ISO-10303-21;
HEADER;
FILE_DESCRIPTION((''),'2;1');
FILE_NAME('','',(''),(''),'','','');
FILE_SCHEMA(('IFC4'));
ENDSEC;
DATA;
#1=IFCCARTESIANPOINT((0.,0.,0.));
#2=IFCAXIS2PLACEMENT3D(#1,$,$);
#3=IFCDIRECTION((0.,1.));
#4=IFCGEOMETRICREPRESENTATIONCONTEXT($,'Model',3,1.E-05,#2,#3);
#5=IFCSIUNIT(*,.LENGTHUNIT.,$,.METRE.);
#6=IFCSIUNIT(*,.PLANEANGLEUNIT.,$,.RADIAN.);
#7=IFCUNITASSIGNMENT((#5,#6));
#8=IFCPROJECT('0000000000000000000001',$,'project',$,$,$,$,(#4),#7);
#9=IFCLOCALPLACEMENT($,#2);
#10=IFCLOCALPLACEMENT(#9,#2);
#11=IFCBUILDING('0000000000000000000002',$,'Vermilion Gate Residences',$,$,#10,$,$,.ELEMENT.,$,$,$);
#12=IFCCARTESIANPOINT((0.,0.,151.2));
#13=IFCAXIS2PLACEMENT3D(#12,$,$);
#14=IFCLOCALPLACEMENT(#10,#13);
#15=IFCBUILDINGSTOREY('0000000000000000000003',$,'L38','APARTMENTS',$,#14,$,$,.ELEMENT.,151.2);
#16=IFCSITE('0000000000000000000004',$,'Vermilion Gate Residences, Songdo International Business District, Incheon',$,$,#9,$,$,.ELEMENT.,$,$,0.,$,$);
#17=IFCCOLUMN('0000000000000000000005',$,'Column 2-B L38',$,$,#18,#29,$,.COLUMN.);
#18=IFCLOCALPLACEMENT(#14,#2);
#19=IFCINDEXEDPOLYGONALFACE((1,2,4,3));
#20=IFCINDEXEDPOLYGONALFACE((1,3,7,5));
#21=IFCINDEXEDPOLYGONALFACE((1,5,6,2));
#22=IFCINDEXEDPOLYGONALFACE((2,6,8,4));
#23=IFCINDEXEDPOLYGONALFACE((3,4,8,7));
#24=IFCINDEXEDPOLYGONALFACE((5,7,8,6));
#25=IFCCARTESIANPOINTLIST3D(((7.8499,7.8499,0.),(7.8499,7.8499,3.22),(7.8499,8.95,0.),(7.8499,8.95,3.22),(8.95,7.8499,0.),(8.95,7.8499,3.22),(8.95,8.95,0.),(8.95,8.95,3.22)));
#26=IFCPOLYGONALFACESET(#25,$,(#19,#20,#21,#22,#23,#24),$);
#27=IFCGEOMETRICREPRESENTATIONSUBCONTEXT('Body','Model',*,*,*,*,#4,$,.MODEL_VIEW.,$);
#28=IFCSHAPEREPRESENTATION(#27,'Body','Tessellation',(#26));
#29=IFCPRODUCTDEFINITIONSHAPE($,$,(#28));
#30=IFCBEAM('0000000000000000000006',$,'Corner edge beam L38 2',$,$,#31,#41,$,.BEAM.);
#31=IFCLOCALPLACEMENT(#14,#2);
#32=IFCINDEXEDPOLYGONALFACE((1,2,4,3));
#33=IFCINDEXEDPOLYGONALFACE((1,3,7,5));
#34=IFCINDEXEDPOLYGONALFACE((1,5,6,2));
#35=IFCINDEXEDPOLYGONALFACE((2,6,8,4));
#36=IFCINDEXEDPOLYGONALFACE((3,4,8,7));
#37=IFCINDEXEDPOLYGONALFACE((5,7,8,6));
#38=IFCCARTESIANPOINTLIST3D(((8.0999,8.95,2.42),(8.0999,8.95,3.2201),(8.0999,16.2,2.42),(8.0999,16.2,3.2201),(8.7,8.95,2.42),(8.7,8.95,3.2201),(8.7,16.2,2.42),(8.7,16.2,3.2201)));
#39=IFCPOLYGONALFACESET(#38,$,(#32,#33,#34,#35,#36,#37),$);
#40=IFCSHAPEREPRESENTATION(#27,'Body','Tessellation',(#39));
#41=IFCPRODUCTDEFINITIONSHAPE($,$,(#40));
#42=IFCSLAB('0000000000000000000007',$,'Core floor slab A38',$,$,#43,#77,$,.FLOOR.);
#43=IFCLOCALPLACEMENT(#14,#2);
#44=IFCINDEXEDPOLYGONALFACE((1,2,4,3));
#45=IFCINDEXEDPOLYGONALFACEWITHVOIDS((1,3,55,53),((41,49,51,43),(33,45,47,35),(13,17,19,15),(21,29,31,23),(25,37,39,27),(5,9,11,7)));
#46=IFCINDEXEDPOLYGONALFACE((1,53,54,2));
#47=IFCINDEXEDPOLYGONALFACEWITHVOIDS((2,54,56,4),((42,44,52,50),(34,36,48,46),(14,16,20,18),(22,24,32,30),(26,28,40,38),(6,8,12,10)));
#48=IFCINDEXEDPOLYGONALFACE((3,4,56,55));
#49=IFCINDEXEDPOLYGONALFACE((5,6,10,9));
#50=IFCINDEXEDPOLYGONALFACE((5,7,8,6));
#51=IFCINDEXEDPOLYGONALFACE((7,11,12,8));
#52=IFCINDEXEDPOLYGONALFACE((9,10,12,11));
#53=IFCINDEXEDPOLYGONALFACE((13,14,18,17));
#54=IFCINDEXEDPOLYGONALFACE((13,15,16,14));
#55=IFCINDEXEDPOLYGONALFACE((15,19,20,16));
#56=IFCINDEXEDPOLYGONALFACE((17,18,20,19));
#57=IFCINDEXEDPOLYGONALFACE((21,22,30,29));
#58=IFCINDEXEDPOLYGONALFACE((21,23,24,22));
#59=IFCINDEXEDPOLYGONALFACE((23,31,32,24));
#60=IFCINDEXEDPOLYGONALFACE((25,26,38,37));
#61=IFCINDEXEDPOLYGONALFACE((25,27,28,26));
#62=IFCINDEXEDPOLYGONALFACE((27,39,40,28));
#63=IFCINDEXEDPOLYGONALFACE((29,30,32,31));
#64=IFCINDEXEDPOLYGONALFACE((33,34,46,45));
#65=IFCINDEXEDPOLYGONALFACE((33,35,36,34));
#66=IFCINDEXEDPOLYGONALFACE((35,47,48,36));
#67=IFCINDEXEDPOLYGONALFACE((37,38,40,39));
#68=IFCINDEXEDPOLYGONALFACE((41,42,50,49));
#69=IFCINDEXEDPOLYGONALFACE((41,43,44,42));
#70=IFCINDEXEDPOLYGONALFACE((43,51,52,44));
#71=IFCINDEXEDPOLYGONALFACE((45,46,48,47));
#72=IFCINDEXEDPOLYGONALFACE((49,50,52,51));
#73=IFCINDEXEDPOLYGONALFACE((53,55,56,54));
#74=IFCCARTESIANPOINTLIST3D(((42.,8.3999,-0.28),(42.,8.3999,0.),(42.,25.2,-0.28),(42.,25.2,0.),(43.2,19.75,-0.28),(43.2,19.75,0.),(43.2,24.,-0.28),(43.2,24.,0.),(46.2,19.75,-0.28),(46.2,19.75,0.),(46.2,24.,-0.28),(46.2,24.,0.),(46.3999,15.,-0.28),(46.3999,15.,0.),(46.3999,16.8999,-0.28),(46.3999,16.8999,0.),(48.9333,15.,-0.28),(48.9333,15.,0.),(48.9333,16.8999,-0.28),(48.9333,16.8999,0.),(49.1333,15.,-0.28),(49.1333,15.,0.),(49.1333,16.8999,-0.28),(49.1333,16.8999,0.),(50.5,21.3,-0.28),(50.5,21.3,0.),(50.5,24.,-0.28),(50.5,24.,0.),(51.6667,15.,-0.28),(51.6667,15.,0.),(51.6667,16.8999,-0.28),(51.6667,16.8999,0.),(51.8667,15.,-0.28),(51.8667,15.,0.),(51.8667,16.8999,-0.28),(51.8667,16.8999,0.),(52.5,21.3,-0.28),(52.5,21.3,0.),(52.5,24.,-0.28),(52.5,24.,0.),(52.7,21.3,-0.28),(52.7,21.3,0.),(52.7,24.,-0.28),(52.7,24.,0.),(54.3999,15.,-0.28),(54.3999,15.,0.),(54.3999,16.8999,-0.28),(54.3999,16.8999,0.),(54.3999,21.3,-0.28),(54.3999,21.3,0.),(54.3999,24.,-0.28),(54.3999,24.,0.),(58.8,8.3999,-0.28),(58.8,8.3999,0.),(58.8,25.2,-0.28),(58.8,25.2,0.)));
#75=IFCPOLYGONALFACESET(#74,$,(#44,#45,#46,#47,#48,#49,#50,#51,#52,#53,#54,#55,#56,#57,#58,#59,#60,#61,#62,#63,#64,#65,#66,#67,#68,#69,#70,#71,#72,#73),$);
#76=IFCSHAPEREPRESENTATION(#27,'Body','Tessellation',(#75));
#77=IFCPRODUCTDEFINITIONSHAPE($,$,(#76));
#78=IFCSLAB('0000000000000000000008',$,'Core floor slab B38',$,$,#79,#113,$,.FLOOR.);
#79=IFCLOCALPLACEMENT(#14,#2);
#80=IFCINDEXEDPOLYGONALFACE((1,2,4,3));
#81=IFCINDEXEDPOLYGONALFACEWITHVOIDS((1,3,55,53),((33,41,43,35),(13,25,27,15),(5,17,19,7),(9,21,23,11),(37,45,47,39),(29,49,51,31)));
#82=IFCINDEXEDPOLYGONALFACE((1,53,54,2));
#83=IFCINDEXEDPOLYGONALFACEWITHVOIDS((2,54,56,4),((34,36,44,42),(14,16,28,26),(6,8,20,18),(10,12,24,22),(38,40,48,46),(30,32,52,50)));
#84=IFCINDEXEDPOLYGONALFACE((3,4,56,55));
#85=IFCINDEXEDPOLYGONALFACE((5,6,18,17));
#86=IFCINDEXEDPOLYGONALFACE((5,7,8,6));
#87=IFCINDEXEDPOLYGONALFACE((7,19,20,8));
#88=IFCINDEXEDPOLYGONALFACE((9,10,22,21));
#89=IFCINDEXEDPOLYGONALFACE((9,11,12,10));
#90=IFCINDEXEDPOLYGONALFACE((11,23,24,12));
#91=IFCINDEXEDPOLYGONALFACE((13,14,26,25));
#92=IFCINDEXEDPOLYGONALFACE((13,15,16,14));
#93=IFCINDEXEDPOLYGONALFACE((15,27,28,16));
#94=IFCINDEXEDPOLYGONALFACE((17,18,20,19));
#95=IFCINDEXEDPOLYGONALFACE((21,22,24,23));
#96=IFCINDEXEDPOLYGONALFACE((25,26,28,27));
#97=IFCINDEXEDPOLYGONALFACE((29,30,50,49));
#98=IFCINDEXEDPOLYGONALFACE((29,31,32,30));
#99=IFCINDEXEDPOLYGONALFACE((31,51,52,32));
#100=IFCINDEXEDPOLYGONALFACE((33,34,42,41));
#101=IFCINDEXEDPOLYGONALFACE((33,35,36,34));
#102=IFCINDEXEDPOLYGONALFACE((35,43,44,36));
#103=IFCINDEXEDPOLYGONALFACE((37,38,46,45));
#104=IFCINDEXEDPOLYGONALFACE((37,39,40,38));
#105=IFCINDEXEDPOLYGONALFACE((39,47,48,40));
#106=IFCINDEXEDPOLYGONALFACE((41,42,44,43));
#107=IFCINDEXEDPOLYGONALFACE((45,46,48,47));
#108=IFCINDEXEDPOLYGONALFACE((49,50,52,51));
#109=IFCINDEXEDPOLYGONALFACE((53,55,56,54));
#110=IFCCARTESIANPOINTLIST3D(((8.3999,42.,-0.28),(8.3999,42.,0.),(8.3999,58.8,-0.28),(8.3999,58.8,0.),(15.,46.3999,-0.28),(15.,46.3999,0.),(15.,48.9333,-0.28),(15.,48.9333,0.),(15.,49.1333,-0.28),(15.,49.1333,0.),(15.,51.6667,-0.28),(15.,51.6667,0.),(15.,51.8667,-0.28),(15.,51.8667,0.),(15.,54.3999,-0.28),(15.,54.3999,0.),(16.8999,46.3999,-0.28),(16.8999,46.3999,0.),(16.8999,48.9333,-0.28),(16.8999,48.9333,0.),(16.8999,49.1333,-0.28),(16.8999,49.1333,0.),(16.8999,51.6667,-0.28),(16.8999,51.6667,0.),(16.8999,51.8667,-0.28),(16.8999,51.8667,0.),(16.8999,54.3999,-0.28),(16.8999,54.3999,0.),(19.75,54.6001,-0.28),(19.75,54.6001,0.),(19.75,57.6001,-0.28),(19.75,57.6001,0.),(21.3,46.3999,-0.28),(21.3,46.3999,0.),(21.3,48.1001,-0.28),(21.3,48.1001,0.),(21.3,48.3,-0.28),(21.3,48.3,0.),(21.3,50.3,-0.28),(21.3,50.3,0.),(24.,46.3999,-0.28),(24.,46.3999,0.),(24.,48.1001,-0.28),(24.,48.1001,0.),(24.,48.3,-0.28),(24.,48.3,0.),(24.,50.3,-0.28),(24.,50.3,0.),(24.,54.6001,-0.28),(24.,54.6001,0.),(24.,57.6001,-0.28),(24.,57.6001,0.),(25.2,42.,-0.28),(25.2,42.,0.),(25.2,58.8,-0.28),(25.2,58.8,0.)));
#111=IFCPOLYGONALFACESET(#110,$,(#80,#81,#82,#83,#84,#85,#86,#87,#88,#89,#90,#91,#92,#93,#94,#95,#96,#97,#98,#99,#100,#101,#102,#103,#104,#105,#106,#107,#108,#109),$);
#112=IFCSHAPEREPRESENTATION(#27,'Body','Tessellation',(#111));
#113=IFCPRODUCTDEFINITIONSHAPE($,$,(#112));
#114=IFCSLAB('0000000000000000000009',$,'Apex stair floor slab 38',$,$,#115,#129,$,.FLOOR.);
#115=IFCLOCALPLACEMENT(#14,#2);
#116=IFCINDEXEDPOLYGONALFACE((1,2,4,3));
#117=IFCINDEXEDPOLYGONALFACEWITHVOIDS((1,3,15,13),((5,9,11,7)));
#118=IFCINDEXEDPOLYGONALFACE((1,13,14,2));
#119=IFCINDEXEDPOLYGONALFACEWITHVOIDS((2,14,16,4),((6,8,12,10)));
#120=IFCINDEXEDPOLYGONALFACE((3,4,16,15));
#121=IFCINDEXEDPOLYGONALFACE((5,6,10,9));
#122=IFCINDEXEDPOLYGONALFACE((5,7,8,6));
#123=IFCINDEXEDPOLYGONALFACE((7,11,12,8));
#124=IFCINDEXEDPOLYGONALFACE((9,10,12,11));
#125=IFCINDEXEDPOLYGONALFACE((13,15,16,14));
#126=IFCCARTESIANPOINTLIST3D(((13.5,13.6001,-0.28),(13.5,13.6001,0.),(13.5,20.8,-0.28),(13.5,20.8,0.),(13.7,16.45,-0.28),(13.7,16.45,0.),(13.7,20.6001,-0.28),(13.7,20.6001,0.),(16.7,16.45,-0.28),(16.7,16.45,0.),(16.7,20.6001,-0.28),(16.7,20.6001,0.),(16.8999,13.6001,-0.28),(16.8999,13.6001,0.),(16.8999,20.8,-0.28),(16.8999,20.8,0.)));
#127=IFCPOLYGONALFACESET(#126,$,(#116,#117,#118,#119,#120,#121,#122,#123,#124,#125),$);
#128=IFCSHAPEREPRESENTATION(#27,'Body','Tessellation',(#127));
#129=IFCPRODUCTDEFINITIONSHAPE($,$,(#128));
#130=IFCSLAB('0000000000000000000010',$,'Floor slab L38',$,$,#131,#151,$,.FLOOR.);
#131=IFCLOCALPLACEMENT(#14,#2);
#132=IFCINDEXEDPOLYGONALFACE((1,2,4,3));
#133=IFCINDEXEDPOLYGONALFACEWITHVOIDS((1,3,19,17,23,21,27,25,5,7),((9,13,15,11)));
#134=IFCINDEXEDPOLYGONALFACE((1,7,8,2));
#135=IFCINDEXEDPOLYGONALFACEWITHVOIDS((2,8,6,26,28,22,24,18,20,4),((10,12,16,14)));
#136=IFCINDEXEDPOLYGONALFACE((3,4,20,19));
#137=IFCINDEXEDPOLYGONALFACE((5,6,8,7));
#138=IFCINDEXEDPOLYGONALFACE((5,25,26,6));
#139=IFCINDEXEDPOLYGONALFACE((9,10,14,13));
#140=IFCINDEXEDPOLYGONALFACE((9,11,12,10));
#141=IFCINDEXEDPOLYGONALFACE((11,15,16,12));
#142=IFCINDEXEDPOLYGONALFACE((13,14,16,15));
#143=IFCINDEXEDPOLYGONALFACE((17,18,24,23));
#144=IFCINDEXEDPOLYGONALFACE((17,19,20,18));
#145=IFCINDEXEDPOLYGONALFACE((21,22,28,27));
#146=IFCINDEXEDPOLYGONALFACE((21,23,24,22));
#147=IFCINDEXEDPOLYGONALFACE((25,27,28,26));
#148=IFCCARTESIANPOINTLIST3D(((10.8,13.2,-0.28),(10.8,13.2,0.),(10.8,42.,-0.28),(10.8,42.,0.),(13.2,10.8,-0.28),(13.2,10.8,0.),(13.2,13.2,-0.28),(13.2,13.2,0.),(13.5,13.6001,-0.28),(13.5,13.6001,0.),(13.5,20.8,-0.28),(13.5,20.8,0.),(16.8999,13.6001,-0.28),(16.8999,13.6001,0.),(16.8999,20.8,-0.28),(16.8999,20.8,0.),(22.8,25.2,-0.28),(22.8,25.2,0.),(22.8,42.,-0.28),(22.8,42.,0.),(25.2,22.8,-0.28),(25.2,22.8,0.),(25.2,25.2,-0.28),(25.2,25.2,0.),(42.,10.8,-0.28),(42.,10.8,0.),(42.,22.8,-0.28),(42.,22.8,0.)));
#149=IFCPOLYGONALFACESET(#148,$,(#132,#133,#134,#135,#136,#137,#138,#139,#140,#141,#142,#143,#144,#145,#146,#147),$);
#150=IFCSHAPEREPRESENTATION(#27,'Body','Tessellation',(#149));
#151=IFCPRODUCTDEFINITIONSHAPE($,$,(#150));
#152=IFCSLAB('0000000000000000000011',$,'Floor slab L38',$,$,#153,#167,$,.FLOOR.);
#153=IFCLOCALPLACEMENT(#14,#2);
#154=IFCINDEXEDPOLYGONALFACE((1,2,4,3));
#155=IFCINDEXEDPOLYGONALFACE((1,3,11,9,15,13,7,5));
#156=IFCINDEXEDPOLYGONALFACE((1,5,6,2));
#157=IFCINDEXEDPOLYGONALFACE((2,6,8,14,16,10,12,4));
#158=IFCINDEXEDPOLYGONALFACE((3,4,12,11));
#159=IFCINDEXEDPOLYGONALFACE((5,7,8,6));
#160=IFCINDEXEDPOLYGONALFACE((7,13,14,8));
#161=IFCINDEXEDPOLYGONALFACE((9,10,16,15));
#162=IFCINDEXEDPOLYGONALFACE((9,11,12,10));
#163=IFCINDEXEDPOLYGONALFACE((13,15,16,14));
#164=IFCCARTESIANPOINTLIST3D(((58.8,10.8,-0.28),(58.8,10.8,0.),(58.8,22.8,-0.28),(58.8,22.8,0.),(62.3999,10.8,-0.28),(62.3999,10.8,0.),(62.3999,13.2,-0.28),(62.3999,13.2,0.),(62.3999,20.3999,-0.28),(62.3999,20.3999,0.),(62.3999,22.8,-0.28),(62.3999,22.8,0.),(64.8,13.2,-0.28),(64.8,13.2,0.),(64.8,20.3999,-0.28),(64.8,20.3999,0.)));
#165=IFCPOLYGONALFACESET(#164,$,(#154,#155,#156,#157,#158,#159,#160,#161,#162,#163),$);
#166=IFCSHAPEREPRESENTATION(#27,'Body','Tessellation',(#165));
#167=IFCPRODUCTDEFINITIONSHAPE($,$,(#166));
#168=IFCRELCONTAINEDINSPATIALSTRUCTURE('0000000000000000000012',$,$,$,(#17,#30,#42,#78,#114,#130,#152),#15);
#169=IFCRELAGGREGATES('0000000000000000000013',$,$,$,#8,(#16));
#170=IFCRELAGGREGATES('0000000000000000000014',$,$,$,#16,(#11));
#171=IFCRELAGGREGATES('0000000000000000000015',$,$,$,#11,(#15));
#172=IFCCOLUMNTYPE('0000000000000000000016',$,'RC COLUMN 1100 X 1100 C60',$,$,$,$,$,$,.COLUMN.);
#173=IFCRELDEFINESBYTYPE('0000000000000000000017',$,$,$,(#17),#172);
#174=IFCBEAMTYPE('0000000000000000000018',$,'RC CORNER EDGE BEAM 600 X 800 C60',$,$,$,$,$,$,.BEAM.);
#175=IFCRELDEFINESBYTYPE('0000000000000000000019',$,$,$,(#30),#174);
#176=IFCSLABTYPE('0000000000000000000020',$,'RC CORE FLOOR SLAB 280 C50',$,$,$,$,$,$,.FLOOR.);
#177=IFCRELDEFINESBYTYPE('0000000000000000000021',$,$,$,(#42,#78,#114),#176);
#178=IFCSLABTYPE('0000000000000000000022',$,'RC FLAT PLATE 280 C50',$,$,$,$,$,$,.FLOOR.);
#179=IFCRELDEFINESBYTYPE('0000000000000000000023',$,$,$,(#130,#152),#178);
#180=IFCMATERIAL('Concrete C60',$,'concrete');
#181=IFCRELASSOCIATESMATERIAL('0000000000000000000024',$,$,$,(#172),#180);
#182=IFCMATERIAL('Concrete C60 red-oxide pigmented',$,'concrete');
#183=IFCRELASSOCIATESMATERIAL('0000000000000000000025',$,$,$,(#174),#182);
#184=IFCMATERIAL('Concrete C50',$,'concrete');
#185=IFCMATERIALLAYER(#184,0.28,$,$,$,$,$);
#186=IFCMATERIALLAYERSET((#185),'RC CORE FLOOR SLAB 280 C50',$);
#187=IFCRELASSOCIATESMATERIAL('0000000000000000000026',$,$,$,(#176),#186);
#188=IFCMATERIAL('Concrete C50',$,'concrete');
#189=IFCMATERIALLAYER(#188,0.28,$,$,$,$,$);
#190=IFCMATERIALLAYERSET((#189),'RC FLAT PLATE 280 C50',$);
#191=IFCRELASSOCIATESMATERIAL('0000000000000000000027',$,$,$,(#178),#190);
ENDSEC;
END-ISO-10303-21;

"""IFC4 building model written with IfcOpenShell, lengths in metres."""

from ifc_helpers import new_model, si_unit, direction, frame, origin, origin_2d, place, context, subcontext, project, spatial, polyline, rectangle, outline, extrude, material, layer, layer_set, material_profile, profile_set, type_object, element, save


model = new_model("IFC4")

# Units and contexts
model_context = context("Model", 3, precision=1e-05, world=origin(), true_north=direction((0.0, 1.0)))
body_context = subcontext(model_context, "Body", "Model", "MODEL_VIEW")
ifc_project = project(units=[si_unit("LENGTHUNIT", "METRE"), si_unit("PLANEANGLEUNIT", "RADIAN")], contexts=[model_context])

# Site, building, storey
site_placement = place(None, origin())
site = spatial("IfcSite", under=ifc_project, at=site_placement, Name="Vermilion Gate Residences, Songdo International Business District, Incheon", CompositionType="ELEMENT", RefElevation=0.0)
building_placement = place(site_placement, origin())
building = spatial("IfcBuilding", under=site, at=building_placement, Name="Vermilion Gate Residences", CompositionType="ELEMENT")
storey_placement = place(building_placement, frame((0.0, 0.0, 151.2)))
storey = spatial("IfcBuildingStorey", under=building, at=storey_placement, Name="L38", Description="APARTMENTS", CompositionType="ELEMENT", Elevation=151.2)

# Column
ifc_material_1 = material(Name="Concrete C60", Category="concrete")
ifc_material_profile_1 = material_profile(ifc_material_1, rectangle(XDim=1.1001, YDim=1.1001, at=origin_2d()), Name="RC-1100x1100")
ifc_profile_set_1 = profile_set([ifc_material_profile_1], Name="Concrete C60")
column_type = type_object("IfcColumnType", Name="RC COLUMN 1100 X 1100 C60", PredefinedType="COLUMN", material=ifc_profile_set_1)
column_placement = place(storey_placement, frame((8.3999, 8.3999, 0.0), z_axis=(0.0, 0.0, 1.0), x_axis=(1.0, 0.0, 0.0)))
element("IfcColumn", 1, at=column_placement, inside=storey, type_object=column_type, Name="Column 2-B L38", PredefinedType="COLUMN", context=body_context, shape_type="SweptSolid", body=[
    extrude(rectangle(XDim=1.1001, YDim=1.1001, at=origin_2d()), origin(), (0.0, 0.0, 1.0), 3.22),
])

# Beam
ifc_material_2 = material(Name="Concrete C60 red-oxide pigmented", Category="concrete")
ifc_material_profile_2 = material_profile(ifc_material_2, rectangle(XDim=0.6001, YDim=0.8, at=origin_2d()), Name="RC-600x800")
ifc_profile_set_2 = profile_set([ifc_material_profile_2], Name="Concrete C60 red-oxide pigmented")
beam_type = type_object("IfcBeamType", Name="RC CORNER EDGE BEAM 600 X 800 C60", PredefinedType="BEAM", material=ifc_profile_set_2)
beam_placement = place(storey_placement, frame((8.3999, 8.95, 2.8201), z_axis=(0.0, 1.0, 0.0), x_axis=(-1.0, 0.0, 0.0)))
element("IfcBeam", 2, at=beam_placement, inside=storey, type_object=beam_type, Name="Corner edge beam L38 2", PredefinedType="BEAM", context=body_context, shape_type="SweptSolid", body=[
    extrude(rectangle(XDim=0.6001, YDim=0.8, at=origin_2d()), origin(), (0.0, 0.0, 1.0), 7.25),
])

# Slabs
ifc_material_3 = material(Name="Concrete C50", Category="concrete")
ifc_layer_1 = layer(ifc_material_3, 0.28)
ifc_layer_set_1 = layer_set([ifc_layer_1], Name="RC CORE FLOOR SLAB 280 C50")
slab_type_1 = type_object("IfcSlabType", Name="RC CORE FLOOR SLAB 280 C50", PredefinedType="FLOOR", material=ifc_layer_set_1)
slab_1_placement = place(storey_placement, frame((0.0, 0.0, -0.28)))
element("IfcSlab", 3, at=slab_1_placement, inside=storey, type_object=slab_type_1, Name="Core floor slab A38", PredefinedType="FLOOR", context=body_context, shape_type="SweptSolid", body=[
    extrude(outline(polyline([(42.0, 8.3999), (58.8, 8.3999), (58.8, 25.2), (42.0, 25.2), (42.0, 8.3999)]), holes=[polyline([(46.3999, 15.0), (46.3999, 16.8999), (48.9333, 16.8999), (48.9333, 15.0), (46.3999, 15.0)]), polyline([(49.1333, 16.8999), (51.6667, 16.8999), (51.6667, 15.0), (49.1333, 15.0), (49.1333, 16.8999)]), polyline([(51.8667, 16.8999), (54.3999, 16.8999), (54.3999, 15.0), (51.8667, 15.0), (51.8667, 16.8999)]), polyline([(43.2, 19.75), (43.2, 24.0), (46.2, 24.0), (46.2, 19.75), (43.2, 19.75)]), polyline([(50.5, 24.0), (52.5, 24.0), (52.5, 21.3), (50.5, 21.3), (50.5, 24.0)]), polyline([(52.7, 24.0), (54.3999, 24.0), (54.3999, 21.3), (52.7, 21.3), (52.7, 24.0)])]), origin(), (0.0, 0.0, 1.0), 0.28),
])
slab_2_placement = place(storey_placement, frame((0.0, 0.0, -0.28)))
element("IfcSlab", 4, at=slab_2_placement, inside=storey, type_object=slab_type_1, Name="Core floor slab B38", PredefinedType="FLOOR", context=body_context, shape_type="SweptSolid", body=[
    extrude(outline(polyline([(8.3999, 42.0), (25.2, 42.0), (25.2, 58.8), (8.3999, 58.8), (8.3999, 42.0)]), holes=[polyline([(21.3, 46.3999), (21.3, 48.1001), (24.0, 48.1001), (24.0, 46.3999), (21.3, 46.3999)]), polyline([(15.0, 48.9333), (16.8999, 48.9333), (16.8999, 46.3999), (15.0, 46.3999), (15.0, 48.9333)]), polyline([(21.3, 50.3), (24.0, 50.3), (24.0, 48.3), (21.3, 48.3), (21.3, 50.3)]), polyline([(15.0, 49.1333), (15.0, 51.6667), (16.8999, 51.6667), (16.8999, 49.1333), (15.0, 49.1333)]), polyline([(15.0, 54.3999), (16.8999, 54.3999), (16.8999, 51.8667), (15.0, 51.8667), (15.0, 54.3999)]), polyline([(19.75, 57.6001), (24.0, 57.6001), (24.0, 54.6001), (19.75, 54.6001), (19.75, 57.6001)])]), origin(), (0.0, 0.0, 1.0), 0.28),
])
slab_3_placement = place(storey_placement, frame((0.0, 0.0, -0.28)))
element("IfcSlab", 5, at=slab_3_placement, inside=storey, type_object=slab_type_1, Name="Apex stair floor slab 38", PredefinedType="FLOOR", context=body_context, shape_type="SweptSolid", body=[
    extrude(outline(polyline([(13.5, 13.6001), (16.8999, 13.6001), (16.8999, 20.8), (13.5, 20.8), (13.5, 13.6001)]), holes=[polyline([(16.7, 20.6001), (16.7, 16.45), (13.7, 16.45), (13.7, 20.6001), (16.7, 20.6001)])]), origin(), (0.0, 0.0, 1.0), 0.28),
])
ifc_material_4 = material(Name="Concrete C50", Category="concrete")
ifc_layer_2 = layer(ifc_material_4, 0.28)
ifc_layer_set_2 = layer_set([ifc_layer_2], Name="RC FLAT PLATE 280 C50")
slab_type_2 = type_object("IfcSlabType", Name="RC FLAT PLATE 280 C50", PredefinedType="FLOOR", material=ifc_layer_set_2)
slab_4_placement = place(storey_placement, frame((0.0, 0.0, -0.28)))
element("IfcSlab", 6, at=slab_4_placement, inside=storey, type_object=slab_type_2, Name="Floor slab L38", PredefinedType="FLOOR", context=body_context, shape_type="SweptSolid", body=[
    extrude(outline(polyline([(22.8, 25.2), (22.8, 42.0), (10.8, 42.0), (10.8, 13.2), (13.2, 13.2), (13.2, 10.8), (42.0, 10.8), (42.0, 22.8), (25.2, 22.8), (25.2, 25.2), (22.8, 25.2)]), holes=[polyline([(13.5, 13.6001), (13.5, 20.8), (16.8999, 20.8), (16.8999, 13.6001), (13.5, 13.6001)])]), origin(), (0.0, 0.0, 1.0), 0.28),
])
slab_5_placement = place(storey_placement, frame((0.0, 0.0, -0.28)))
element("IfcSlab", 7, at=slab_5_placement, inside=storey, type_object=slab_type_2, Name="Floor slab L38", PredefinedType="FLOOR", context=body_context, shape_type="SweptSolid", body=[
    extrude(outline(polyline([(58.8, 22.8), (58.8, 10.8), (62.3999, 10.8), (62.3999, 13.2), (64.8, 13.2), (64.8, 20.3999), (62.3999, 20.3999), (62.3999, 22.8), (58.8, 22.8)])), origin(), (0.0, 0.0, 1.0), 0.28),
])

save(model, "model.ifc")
